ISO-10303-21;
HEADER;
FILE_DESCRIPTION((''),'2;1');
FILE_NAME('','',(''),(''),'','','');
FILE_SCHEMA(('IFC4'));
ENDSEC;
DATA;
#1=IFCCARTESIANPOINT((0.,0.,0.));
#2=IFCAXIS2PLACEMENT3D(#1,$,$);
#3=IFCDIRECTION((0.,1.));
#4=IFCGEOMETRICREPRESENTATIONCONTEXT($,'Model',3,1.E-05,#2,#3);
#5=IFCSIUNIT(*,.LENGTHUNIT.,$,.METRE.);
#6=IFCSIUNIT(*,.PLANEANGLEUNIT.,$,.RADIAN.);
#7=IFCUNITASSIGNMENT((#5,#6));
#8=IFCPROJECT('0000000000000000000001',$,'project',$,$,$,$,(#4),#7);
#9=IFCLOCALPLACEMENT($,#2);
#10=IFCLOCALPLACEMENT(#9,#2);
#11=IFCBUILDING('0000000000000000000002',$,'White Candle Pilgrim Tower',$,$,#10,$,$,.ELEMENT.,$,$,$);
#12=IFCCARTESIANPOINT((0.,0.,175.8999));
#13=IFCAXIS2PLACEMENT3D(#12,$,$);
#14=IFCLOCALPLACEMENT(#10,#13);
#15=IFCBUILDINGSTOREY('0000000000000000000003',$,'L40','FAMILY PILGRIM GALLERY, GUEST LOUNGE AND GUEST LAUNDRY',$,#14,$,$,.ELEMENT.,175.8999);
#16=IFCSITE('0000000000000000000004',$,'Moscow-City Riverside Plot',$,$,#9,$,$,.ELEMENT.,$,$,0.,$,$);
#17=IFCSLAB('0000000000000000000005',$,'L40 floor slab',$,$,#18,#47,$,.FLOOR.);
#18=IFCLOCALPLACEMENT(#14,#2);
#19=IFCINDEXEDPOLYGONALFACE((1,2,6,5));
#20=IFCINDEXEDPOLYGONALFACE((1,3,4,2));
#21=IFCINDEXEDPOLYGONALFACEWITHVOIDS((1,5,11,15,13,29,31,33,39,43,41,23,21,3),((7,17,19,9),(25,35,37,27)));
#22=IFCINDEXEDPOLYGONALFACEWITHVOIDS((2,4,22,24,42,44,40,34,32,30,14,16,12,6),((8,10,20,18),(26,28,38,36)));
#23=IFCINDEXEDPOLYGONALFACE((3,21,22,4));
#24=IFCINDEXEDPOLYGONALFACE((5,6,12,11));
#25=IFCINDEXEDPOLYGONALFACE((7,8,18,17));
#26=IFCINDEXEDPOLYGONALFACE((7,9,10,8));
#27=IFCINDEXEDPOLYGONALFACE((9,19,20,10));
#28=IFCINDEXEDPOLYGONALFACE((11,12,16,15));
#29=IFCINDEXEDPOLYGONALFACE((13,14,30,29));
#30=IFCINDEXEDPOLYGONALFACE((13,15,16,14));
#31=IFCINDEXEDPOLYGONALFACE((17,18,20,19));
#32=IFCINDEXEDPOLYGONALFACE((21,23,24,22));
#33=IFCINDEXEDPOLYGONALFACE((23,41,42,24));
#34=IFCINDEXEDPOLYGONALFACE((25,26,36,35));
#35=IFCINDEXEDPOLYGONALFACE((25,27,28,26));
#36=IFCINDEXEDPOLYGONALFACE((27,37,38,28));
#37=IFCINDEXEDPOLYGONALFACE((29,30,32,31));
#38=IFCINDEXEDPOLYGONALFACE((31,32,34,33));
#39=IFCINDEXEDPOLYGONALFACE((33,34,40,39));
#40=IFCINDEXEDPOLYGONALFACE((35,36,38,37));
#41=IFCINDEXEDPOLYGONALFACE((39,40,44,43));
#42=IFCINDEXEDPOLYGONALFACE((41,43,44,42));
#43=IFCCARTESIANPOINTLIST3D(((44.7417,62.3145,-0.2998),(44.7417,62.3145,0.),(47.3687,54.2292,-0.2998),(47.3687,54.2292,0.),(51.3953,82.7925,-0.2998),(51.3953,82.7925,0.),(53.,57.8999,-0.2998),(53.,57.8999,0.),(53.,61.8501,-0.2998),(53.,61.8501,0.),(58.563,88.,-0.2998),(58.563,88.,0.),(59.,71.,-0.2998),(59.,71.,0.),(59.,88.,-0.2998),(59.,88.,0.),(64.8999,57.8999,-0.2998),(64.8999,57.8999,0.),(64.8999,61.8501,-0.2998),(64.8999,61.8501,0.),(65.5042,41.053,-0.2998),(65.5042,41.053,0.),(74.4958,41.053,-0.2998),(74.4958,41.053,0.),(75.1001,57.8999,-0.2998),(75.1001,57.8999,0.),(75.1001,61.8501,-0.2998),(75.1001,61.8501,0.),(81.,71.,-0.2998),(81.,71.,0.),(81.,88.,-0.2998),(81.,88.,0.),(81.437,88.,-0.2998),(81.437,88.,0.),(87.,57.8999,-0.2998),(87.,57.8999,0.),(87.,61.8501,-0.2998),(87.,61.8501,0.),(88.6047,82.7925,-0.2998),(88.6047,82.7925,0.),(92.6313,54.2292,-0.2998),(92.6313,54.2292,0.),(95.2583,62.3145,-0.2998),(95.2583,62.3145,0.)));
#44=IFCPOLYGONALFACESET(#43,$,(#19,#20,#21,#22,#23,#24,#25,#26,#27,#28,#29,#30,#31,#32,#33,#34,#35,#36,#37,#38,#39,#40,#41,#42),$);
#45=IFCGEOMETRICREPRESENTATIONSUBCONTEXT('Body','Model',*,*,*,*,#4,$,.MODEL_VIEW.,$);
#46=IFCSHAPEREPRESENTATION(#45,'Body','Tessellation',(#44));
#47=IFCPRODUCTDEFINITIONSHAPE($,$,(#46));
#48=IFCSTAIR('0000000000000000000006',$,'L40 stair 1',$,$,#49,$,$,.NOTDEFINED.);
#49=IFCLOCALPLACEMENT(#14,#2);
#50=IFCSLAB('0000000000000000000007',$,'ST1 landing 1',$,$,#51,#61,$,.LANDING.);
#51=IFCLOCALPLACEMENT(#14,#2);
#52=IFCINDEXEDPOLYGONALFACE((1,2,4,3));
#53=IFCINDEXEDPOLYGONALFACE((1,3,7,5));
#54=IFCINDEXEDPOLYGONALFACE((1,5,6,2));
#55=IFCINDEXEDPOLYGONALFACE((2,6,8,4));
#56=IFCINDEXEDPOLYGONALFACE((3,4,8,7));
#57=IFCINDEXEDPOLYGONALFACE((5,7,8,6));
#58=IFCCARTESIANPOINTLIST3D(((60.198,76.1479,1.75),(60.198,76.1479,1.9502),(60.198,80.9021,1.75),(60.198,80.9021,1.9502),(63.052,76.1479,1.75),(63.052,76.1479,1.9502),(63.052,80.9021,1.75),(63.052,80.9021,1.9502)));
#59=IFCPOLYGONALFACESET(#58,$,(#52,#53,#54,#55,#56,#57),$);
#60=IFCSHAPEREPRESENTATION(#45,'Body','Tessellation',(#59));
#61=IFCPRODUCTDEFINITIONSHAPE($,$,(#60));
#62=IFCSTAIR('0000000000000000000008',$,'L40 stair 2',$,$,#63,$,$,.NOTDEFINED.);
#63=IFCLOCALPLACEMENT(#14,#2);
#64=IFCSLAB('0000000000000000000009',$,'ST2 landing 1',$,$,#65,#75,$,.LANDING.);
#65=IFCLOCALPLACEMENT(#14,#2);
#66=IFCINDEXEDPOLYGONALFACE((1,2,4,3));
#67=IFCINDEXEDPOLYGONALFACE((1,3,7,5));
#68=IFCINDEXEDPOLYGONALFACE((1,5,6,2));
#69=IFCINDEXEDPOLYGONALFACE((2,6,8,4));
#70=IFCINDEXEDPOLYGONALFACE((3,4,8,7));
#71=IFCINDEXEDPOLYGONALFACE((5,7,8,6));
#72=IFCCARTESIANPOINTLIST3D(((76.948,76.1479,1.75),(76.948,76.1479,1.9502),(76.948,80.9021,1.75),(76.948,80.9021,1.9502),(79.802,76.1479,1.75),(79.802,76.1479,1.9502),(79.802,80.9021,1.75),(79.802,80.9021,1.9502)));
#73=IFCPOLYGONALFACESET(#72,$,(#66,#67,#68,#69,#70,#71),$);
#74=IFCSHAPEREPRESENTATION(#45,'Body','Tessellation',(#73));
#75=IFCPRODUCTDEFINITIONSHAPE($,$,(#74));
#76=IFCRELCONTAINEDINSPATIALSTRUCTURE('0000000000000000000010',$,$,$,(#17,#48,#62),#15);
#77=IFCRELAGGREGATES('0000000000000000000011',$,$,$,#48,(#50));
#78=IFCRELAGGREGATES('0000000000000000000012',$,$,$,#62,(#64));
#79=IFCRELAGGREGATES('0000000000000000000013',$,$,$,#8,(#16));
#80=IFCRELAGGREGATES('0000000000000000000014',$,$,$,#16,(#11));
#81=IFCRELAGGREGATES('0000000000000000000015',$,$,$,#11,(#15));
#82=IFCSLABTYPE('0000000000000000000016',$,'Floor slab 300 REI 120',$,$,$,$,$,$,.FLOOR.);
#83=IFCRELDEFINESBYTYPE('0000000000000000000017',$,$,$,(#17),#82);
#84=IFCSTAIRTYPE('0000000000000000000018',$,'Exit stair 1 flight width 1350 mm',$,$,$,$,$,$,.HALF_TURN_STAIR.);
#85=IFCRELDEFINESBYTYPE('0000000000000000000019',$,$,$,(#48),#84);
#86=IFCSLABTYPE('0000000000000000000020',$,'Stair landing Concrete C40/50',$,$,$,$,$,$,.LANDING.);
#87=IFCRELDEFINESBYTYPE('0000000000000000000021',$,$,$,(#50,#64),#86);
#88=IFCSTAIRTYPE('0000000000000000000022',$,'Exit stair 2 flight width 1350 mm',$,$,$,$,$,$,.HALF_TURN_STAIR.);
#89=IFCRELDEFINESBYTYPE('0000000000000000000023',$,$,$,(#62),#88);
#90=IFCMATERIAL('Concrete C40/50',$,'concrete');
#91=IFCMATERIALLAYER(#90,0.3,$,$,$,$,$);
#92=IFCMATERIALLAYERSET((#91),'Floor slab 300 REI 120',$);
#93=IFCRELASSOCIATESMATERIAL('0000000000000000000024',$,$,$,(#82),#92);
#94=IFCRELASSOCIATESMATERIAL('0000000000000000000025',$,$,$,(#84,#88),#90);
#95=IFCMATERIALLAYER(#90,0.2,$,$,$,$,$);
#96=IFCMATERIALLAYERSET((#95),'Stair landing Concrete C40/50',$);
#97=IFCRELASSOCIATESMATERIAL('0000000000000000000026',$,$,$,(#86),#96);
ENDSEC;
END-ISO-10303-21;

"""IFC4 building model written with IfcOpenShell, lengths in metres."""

from ifc_helpers import new_model, si_unit, direction, frame, origin, place, context, subcontext, project, spatial, polyline, outline, extrude, material, layer, layer_set, type_object, element, aggregate, save


model = new_model("IFC4")

# Units and contexts
model_context = context("Model", 3, precision=1e-05, world=origin(), true_north=direction((0.0, 1.0)))
body_context = subcontext(model_context, "Body", "Model", "MODEL_VIEW")
ifc_project = project(units=[si_unit("LENGTHUNIT", "METRE"), si_unit("PLANEANGLEUNIT", "RADIAN")], contexts=[model_context])

# Site, building, storey
site_placement = place(None, origin())
site = spatial("IfcSite", under=ifc_project, at=site_placement, Name="Moscow-City Riverside Plot", CompositionType="ELEMENT", RefElevation=0.0)
building_placement = place(site_placement, origin())
building = spatial("IfcBuilding", under=site, at=building_placement, Name="White Candle Pilgrim Tower", CompositionType="ELEMENT")
storey_placement = place(building_placement, frame((0.0, 0.0, 175.8999)))
storey = spatial("IfcBuildingStorey", under=building, at=storey_placement, Name="L40", Description="FAMILY PILGRIM GALLERY, GUEST LOUNGE AND GUEST LAUNDRY", CompositionType="ELEMENT", Elevation=175.8999)

# Slab
ifc_material = material(Name="Concrete C40/50", Category="concrete")
ifc_layer_1 = layer(ifc_material, 0.3)
ifc_layer_set_1 = layer_set([ifc_layer_1], Name="Floor slab 300 REI 120")
slab_type_1 = type_object("IfcSlabType", Name="Floor slab 300 REI 120", PredefinedType="FLOOR", material=ifc_layer_set_1)
slab_1_placement = place(storey_placement, frame((0.0, 0.0, -0.2998)))
element("IfcSlab", 1, at=slab_1_placement, inside=storey, type_object=slab_type_1, Name="L40 floor slab", PredefinedType="FLOOR", context=body_context, shape_type="SweptSolid", body=[
    extrude(outline(polyline([(65.5042, 41.053), (74.4958, 41.053), (92.6313, 54.2292), (95.2583, 62.3145), (88.6047, 82.7925), (81.437, 88.0), (81.0, 88.0), (81.0, 71.0), (59.0, 71.0), (59.0, 88.0), (58.563, 88.0), (51.3953, 82.7925), (44.7417, 62.3145), (47.3687, 54.2292), (65.5042, 41.053)]), holes=[polyline([(53.0, 57.8999), (53.0, 61.8501), (64.8999, 61.8501), (64.8999, 57.8999), (53.0, 57.8999)]), polyline([(75.1001, 57.8999), (75.1001, 61.8501), (87.0, 61.8501), (87.0, 57.8999), (75.1001, 57.8999)])]), origin(), (0.0, 0.0, 1.0), 0.2998),
])

# Stairs, slabs
stair_type_1 = type_object("IfcStairType", Name="Exit stair 1 flight width 1350 mm", PredefinedType="HALF_TURN_STAIR", material=ifc_material)
stair_1_placement = place(storey_placement, origin())
stair_1 = element("IfcStair", 2, at=stair_1_placement, inside=storey, type_object=stair_type_1, Name="L40 stair 1", PredefinedType="NOTDEFINED")
ifc_layer_2 = layer(ifc_material, 0.2)
ifc_layer_set_2 = layer_set([ifc_layer_2], Name="Stair landing Concrete C40/50")
slab_type_2 = type_object("IfcSlabType", Name="Stair landing Concrete C40/50", PredefinedType="LANDING", material=ifc_layer_set_2)
slab_2_placement = place(storey_placement, frame((0.0, 0.0, 1.75)))
slab_2 = element("IfcSlab", 3, at=slab_2_placement, type_object=slab_type_2, Name="ST1 landing 1", PredefinedType="LANDING", context=body_context, shape_type="SweptSolid", body=[
    extrude(outline(polyline([(63.052, 76.1479), (60.198, 76.1479), (60.198, 80.9021), (63.052, 80.9021), (63.052, 76.1479)])), origin(), (0.0, 0.0, 1.0), 0.2002),
])
aggregate(stair_1, [slab_2])
stair_type_2 = type_object("IfcStairType", Name="Exit stair 2 flight width 1350 mm", PredefinedType="HALF_TURN_STAIR", material=ifc_material)
stair_2_placement = place(storey_placement, origin())
stair_2 = element("IfcStair", 4, at=stair_2_placement, inside=storey, type_object=stair_type_2, Name="L40 stair 2", PredefinedType="NOTDEFINED")
slab_3_placement = place(storey_placement, frame((0.0, 0.0, 1.75)))
slab_3 = element("IfcSlab", 5, at=slab_3_placement, type_object=slab_type_2, Name="ST2 landing 1", PredefinedType="LANDING", context=body_context, shape_type="SweptSolid", body=[
    extrude(outline(polyline([(79.802, 76.1479), (76.948, 76.1479), (76.948, 80.9021), (79.802, 80.9021), (79.802, 76.1479)])), origin(), (0.0, 0.0, 1.0), 0.2002),
])
aggregate(stair_2, [slab_3])

save(model, "model.ifc")
